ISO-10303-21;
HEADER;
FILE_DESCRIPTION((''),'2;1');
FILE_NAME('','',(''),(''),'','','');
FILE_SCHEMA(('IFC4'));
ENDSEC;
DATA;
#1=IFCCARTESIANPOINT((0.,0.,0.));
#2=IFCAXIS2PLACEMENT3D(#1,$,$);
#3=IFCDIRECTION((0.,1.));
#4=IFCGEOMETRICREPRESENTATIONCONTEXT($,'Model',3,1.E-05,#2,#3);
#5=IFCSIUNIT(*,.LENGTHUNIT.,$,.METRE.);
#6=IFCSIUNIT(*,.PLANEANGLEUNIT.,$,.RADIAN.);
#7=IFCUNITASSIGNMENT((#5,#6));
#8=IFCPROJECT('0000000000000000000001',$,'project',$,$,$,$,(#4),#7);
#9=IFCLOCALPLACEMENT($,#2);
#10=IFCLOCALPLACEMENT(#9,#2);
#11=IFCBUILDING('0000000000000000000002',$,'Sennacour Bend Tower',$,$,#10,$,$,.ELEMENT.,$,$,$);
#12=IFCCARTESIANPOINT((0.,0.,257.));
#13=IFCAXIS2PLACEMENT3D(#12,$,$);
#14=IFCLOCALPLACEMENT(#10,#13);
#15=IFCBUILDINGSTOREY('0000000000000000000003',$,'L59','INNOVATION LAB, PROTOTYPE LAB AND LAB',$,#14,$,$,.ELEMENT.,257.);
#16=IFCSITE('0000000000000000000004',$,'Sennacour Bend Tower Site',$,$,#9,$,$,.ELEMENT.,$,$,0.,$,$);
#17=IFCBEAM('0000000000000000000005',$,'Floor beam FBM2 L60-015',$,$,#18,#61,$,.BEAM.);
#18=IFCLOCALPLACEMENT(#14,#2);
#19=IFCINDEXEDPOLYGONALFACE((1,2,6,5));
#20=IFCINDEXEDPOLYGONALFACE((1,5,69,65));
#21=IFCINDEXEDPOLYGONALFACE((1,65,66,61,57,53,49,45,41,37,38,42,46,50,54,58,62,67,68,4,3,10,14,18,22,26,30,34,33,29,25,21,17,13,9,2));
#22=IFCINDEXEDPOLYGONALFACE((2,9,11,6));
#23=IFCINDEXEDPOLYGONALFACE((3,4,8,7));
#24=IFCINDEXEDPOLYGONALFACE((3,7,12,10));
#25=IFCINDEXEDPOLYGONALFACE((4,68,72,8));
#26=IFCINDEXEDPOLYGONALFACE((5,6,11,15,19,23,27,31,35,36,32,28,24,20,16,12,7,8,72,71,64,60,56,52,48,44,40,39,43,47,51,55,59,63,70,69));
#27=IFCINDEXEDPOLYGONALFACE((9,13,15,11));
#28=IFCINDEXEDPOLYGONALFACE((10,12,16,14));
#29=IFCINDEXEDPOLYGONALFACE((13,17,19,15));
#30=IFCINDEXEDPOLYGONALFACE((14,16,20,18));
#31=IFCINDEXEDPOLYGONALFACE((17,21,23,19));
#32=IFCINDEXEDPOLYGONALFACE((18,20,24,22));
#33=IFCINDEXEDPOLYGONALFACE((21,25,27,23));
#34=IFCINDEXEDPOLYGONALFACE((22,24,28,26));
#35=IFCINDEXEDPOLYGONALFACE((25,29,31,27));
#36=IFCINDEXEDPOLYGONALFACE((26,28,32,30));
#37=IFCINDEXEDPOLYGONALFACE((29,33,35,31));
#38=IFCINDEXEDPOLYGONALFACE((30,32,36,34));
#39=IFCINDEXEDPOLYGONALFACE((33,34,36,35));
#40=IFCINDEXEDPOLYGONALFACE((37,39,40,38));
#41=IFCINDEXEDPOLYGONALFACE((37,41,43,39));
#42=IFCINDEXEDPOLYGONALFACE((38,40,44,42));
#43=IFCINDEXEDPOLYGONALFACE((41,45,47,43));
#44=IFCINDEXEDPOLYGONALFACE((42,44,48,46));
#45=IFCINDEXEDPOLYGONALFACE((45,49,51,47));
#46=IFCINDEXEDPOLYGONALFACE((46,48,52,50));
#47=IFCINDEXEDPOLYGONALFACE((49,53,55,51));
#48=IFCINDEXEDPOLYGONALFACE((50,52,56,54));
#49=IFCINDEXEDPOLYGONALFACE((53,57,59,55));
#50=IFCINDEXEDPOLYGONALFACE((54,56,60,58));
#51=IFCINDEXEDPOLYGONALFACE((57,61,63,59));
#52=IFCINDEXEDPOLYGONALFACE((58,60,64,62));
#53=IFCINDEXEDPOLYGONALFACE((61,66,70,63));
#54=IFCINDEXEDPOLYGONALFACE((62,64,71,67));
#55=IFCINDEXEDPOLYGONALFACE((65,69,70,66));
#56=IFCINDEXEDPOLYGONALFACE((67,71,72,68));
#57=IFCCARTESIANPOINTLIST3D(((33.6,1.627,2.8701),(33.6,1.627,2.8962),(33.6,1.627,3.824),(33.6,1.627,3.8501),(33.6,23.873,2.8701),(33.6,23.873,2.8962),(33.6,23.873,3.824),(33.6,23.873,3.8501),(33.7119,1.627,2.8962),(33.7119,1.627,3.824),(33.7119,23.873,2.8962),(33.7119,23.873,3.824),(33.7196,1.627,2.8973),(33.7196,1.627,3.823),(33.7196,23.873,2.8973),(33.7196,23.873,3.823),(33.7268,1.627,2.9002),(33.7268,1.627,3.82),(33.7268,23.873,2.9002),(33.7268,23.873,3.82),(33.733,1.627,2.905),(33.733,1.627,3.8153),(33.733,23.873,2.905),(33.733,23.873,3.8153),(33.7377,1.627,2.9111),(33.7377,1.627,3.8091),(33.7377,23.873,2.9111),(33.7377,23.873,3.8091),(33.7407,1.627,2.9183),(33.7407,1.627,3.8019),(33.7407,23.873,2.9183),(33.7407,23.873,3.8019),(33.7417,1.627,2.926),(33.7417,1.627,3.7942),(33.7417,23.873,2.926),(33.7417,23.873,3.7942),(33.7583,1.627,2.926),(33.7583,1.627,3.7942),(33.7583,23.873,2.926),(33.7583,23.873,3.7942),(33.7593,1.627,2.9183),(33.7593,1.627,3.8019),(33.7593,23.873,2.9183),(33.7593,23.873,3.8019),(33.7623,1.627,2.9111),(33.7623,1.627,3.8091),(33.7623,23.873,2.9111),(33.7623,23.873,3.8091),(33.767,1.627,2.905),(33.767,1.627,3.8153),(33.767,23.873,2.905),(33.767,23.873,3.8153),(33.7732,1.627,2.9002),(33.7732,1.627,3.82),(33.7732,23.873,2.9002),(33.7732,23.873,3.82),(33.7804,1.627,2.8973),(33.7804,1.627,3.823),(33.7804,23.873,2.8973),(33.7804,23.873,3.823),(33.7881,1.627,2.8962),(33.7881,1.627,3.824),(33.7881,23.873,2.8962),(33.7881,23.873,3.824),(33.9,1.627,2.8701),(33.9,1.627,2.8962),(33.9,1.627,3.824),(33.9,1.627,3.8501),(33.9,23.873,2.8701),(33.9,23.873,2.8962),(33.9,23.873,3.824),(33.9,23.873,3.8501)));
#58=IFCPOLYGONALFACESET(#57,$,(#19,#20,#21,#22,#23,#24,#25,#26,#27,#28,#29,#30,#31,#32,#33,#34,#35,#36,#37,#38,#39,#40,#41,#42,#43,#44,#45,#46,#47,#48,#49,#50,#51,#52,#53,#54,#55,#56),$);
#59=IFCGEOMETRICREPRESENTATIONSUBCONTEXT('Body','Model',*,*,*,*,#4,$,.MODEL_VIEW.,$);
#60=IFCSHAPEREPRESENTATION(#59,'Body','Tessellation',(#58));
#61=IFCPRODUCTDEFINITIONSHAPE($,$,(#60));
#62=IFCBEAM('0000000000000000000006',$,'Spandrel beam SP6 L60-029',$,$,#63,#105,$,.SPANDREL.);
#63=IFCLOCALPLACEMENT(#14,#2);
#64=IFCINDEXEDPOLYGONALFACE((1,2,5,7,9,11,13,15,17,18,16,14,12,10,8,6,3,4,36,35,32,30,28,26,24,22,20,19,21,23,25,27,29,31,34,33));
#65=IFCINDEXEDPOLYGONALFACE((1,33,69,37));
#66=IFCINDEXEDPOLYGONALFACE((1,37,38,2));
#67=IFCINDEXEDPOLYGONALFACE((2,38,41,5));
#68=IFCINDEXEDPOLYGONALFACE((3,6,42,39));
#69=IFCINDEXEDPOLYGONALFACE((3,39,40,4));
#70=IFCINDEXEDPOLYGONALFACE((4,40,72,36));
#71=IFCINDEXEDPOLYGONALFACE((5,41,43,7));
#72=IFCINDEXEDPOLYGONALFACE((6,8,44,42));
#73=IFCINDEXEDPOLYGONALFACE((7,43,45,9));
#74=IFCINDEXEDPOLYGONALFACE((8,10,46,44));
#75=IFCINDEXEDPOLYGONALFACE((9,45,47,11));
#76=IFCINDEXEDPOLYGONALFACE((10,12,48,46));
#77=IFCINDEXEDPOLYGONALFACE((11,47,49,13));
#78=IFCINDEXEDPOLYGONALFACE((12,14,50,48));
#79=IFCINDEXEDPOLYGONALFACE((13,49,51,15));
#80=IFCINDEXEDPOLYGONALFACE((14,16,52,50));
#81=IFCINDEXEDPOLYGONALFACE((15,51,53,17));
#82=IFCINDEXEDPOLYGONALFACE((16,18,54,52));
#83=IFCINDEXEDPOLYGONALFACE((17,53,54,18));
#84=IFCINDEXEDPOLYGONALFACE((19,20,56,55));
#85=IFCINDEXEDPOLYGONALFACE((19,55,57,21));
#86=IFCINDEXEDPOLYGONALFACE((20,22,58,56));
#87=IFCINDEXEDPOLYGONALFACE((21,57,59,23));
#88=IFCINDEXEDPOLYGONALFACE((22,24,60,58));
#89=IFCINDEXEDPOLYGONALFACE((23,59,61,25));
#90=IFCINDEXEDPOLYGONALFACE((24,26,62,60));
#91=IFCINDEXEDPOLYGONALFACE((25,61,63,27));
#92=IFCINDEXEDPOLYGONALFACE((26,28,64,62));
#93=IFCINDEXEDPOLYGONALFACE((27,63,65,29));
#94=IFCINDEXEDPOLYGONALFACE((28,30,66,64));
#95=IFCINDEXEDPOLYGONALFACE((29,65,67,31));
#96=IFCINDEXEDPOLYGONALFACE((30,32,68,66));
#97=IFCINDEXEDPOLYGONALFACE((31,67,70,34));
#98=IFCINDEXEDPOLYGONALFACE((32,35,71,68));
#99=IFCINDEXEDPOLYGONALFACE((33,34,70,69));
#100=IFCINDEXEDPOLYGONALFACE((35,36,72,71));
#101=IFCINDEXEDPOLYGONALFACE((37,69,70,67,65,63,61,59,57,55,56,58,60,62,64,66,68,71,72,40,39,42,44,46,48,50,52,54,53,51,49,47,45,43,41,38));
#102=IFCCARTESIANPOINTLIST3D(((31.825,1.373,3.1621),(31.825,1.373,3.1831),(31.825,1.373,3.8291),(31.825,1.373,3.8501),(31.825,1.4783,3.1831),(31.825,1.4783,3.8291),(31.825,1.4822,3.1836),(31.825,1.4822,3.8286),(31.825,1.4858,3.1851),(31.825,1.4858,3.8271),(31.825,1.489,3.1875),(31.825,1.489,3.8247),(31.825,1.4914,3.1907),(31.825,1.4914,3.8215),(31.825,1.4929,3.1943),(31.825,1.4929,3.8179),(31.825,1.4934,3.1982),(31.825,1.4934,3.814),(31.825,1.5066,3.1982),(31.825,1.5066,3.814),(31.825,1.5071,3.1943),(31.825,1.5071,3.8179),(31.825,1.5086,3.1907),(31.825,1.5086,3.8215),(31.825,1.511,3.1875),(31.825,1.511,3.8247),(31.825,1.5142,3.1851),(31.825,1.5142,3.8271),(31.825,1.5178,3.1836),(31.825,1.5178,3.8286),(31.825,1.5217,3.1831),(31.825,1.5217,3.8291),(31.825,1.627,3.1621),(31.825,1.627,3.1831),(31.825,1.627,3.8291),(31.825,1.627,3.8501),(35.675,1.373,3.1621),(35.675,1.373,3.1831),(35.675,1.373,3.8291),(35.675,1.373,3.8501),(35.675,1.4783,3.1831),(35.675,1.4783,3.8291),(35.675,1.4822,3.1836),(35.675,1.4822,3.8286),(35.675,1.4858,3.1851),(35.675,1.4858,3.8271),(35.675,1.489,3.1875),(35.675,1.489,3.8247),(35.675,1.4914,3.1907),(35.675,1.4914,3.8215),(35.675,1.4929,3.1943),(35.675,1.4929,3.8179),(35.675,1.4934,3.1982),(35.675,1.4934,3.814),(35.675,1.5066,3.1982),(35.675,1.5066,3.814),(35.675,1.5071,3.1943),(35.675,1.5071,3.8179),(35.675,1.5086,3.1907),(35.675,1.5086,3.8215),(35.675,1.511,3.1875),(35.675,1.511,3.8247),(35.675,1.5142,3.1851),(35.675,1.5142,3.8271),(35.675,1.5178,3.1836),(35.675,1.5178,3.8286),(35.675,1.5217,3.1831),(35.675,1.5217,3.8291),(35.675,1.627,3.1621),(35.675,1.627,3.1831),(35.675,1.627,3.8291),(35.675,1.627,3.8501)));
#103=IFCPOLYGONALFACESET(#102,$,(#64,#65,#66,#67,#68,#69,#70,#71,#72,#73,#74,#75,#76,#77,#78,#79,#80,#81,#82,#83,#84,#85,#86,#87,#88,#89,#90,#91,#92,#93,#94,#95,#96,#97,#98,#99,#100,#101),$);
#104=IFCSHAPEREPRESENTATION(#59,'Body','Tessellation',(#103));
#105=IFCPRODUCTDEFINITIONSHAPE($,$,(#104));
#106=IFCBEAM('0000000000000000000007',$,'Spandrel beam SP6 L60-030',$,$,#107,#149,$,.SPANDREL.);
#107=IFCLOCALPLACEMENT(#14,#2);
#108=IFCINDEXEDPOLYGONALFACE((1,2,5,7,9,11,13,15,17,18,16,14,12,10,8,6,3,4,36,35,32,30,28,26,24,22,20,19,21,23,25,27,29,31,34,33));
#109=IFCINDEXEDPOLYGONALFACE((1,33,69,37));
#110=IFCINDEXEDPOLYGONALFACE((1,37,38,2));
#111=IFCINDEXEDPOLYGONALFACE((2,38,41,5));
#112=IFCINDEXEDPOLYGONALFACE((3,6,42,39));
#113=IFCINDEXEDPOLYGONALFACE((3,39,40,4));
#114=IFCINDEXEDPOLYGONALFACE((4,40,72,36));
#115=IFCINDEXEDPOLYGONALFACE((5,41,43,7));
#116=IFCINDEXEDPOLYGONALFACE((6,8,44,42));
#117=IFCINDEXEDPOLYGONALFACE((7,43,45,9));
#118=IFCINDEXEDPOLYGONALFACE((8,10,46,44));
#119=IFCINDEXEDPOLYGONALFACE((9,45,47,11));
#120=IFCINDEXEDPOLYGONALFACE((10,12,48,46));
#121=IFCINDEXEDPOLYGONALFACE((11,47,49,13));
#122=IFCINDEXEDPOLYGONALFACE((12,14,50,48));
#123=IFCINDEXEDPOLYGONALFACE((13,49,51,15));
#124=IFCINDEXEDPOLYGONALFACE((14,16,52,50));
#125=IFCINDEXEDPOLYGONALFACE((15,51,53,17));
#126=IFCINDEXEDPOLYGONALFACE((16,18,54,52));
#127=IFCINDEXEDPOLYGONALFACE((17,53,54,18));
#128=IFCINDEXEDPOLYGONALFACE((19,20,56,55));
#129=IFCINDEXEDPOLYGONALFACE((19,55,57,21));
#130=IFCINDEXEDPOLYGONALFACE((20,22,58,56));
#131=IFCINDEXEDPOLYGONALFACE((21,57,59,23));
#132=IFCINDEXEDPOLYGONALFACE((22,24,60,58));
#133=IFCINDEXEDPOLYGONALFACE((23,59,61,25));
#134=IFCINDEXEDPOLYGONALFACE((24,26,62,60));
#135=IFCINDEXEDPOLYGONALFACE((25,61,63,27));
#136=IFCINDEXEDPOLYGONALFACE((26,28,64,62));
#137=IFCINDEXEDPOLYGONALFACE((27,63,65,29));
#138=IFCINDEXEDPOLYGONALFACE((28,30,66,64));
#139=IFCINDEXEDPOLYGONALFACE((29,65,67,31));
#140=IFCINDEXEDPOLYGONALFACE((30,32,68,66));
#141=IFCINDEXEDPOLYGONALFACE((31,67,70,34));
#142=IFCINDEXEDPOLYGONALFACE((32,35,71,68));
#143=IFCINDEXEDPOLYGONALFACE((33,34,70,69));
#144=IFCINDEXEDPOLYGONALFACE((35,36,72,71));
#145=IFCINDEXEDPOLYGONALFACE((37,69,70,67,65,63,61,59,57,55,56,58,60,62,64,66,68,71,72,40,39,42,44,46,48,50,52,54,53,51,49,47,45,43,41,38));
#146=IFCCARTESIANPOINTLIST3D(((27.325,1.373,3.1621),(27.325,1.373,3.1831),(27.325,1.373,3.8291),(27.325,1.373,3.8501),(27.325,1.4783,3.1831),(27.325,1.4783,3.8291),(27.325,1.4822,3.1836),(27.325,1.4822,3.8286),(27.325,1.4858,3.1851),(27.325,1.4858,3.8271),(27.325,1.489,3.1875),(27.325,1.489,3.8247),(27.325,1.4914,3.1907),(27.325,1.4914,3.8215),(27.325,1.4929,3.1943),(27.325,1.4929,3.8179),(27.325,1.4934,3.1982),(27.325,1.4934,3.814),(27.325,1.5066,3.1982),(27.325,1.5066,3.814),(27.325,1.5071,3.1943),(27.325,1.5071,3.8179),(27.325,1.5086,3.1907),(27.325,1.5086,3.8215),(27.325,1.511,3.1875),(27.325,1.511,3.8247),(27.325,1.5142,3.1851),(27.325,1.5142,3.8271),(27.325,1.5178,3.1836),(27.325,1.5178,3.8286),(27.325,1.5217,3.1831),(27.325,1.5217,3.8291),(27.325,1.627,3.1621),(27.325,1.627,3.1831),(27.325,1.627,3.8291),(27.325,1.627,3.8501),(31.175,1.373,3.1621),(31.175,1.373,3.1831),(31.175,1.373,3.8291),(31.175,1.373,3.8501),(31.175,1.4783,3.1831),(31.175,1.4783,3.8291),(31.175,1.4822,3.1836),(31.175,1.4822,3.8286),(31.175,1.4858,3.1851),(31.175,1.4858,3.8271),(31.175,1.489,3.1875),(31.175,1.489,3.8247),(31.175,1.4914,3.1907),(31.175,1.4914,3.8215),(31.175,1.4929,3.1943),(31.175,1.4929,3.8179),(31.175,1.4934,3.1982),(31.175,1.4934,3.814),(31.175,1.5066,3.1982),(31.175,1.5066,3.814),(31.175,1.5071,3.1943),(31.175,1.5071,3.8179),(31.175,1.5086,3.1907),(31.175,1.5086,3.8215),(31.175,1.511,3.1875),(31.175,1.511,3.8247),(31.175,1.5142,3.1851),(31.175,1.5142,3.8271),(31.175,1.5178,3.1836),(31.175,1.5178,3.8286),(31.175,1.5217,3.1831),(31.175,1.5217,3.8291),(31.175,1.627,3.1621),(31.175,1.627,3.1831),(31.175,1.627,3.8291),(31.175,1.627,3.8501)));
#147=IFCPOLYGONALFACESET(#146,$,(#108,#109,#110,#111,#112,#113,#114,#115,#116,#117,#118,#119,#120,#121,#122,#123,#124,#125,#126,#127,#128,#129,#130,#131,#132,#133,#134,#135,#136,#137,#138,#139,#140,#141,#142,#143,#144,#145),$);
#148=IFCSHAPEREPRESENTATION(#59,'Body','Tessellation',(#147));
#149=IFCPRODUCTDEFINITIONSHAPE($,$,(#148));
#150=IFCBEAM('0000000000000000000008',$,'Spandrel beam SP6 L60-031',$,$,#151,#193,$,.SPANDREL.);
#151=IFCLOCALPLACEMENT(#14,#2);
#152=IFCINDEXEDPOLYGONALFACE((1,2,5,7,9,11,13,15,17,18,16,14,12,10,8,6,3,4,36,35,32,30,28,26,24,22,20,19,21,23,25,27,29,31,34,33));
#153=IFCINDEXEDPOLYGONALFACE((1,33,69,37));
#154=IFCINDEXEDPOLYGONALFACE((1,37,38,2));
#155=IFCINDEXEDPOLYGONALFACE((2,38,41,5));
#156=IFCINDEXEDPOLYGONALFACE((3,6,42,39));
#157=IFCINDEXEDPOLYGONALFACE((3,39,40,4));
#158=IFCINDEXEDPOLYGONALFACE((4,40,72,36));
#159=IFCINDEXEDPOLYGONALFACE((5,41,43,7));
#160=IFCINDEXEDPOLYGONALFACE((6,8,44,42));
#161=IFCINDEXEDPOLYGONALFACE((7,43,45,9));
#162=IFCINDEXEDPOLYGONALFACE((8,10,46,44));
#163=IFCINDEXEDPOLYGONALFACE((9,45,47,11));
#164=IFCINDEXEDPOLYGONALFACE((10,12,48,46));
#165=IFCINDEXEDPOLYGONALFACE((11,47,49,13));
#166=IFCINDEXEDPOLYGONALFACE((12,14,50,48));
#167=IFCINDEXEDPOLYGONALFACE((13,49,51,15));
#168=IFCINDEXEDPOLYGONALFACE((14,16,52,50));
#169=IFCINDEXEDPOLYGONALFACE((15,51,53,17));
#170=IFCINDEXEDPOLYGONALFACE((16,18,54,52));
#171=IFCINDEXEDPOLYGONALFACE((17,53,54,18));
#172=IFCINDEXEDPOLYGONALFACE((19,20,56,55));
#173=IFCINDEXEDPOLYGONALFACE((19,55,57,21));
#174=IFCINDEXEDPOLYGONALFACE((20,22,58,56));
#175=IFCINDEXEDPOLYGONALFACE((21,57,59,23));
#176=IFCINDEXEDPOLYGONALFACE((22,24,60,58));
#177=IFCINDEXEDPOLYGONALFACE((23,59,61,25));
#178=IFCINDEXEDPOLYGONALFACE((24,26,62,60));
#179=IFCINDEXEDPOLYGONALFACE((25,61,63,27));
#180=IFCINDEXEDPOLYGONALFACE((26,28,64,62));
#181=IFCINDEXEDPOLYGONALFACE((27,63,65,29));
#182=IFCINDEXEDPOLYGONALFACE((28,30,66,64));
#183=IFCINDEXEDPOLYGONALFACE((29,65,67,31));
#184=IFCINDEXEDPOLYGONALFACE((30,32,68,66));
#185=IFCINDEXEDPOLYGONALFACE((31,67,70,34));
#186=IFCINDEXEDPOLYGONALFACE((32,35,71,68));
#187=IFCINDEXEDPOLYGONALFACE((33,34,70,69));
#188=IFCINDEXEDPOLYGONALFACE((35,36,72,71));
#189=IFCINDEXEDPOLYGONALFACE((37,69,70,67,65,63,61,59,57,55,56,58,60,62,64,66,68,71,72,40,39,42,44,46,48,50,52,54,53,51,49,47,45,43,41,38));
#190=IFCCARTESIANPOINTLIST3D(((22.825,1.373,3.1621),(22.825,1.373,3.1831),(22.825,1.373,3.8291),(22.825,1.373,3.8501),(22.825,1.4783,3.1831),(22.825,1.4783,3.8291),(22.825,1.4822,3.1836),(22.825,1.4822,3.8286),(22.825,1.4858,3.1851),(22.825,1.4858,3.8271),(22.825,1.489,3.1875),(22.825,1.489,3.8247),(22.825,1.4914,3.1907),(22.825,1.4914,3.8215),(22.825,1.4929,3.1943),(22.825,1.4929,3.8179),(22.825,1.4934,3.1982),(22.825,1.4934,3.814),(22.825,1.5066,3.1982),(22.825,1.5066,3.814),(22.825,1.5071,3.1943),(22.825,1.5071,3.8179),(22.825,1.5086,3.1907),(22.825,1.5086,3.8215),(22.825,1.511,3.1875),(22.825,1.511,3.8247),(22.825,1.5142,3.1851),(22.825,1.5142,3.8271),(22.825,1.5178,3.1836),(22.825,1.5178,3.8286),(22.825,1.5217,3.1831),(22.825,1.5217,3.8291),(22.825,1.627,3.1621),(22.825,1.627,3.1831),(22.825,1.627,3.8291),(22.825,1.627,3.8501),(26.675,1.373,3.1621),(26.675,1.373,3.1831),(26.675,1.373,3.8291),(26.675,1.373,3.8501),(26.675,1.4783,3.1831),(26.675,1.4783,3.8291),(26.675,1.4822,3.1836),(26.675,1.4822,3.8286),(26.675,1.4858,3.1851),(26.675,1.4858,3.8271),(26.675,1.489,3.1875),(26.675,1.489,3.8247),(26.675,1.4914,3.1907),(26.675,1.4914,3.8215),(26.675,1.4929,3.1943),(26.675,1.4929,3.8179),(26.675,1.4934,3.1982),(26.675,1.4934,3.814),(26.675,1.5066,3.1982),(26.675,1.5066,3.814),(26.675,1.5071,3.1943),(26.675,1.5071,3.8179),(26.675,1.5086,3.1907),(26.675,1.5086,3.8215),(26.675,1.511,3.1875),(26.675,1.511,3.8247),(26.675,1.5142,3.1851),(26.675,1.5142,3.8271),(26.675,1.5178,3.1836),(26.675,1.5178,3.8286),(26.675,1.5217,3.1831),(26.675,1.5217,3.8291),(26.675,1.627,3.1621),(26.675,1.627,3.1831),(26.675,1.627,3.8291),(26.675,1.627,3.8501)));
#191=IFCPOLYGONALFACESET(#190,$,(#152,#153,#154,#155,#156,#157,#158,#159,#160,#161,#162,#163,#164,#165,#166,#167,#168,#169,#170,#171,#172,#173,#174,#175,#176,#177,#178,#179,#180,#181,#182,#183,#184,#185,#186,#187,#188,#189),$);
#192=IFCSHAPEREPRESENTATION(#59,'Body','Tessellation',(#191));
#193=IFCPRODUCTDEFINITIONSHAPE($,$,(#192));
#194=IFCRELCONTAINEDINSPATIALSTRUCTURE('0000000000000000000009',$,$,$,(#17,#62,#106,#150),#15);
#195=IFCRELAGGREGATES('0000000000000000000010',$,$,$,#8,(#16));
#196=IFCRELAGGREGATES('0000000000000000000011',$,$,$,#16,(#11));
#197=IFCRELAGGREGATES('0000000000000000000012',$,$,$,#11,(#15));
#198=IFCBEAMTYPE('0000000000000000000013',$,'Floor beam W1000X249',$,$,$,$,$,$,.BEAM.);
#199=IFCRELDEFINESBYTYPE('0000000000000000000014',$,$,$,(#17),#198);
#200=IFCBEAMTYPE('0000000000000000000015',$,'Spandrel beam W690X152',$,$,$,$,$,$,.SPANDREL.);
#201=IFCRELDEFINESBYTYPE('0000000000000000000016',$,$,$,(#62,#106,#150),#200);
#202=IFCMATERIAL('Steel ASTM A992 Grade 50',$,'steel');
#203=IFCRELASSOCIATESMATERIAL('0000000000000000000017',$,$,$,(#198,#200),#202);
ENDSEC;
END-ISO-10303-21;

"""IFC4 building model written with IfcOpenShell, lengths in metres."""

from ifc_helpers import new_model, si_unit, direction, frame, origin, origin_2d, place, context, subcontext, project, spatial, i_section, extrude, material, material_profile, profile_set, type_object, element, save


model = new_model("IFC4")

# Units and contexts
model_context = context("Model", 3, precision=1e-05, world=origin(), true_north=direction((0.0, 1.0)))
body_context = subcontext(model_context, "Body", "Model", "MODEL_VIEW")
ifc_project = project(units=[si_unit("LENGTHUNIT", "METRE"), si_unit("PLANEANGLEUNIT", "RADIAN")], contexts=[model_context])

# Site, building, storey
site_placement = place(None, origin())
site = spatial("IfcSite", under=ifc_project, at=site_placement, Name="Sennacour Bend Tower Site", CompositionType="ELEMENT", RefElevation=0.0)
building_placement = place(site_placement, origin())
building = spatial("IfcBuilding", under=site, at=building_placement, Name="Sennacour Bend Tower", CompositionType="ELEMENT")
storey_placement = place(building_placement, frame((0.0, 0.0, 257.0)))
storey = spatial("IfcBuildingStorey", under=building, at=storey_placement, Name="L59", Description="INNOVATION LAB, PROTOTYPE LAB AND LAB", CompositionType="ELEMENT", Elevation=257.0)

# Beams
ifc_material_1 = material(Name="Steel ASTM A992 Grade 50", Category="steel")
ifc_material_profile_1 = material_profile(ifc_material_1, i_section(OverallWidth=0.3, OverallDepth=0.98, WebThickness=0.0166, FlangeThickness=0.0261, FilletRadius=0.0298, at=origin_2d()), Name="Steel ASTM A992 Grade 50", Category="steel")
ifc_profile_set_1 = profile_set([ifc_material_profile_1], Name="Steel ASTM A992 Grade 50")
beam_type_1 = type_object("IfcBeamType", Name="Floor beam W1000X249", PredefinedType="BEAM", material=ifc_profile_set_1)
for number, where, z_axis, x_axis, name in (
    (1, (33.75, 1.627, 3.3601), (0.0, 1.0, 0.0), (-1.0, 0.0, 0.0), "Floor beam FBM2 L60-015"),
):
    element("IfcBeam", number, at=place(storey_placement, frame(where, z_axis=z_axis, x_axis=x_axis)), inside=storey, type_object=beam_type_1, Name=name, PredefinedType="BEAM", context=body_context, shape_type="SweptSolid", body=[
        extrude(i_section(OverallWidth=0.3, OverallDepth=0.98, WebThickness=0.0166, FlangeThickness=0.0261, FilletRadius=0.0298, at=origin_2d()), origin(), (0.0, 0.0, 1.0), 22.2461),
    ])
ifc_material_profile_2 = material_profile(ifc_material_1, i_section(OverallWidth=0.2539, OverallDepth=0.688, WebThickness=0.0132, FlangeThickness=0.021, FilletRadius=0.0151, at=origin_2d()), Name="Steel ASTM A992 Grade 50", Category="steel")
ifc_profile_set_2 = profile_set([ifc_material_profile_2], Name="Steel ASTM A992 Grade 50")
beam_type_2 = type_object("IfcBeamType", Name="Spandrel beam W690X152", PredefinedType="SPANDREL", material=ifc_profile_set_2)
for number, where, z_axis, x_axis, name in (
    (2, (35.675, 1.5, 3.5061), (-1.0, 0.0, 0.0), (0.0, -1.0, 0.0), "Spandrel beam SP6 L60-029"),
    (3, (31.175, 1.5, 3.5061), (-1.0, 0.0, 0.0), (0.0, -1.0, 0.0), "Spandrel beam SP6 L60-030"),
    (4, (26.675, 1.5, 3.5061), (-1.0, 0.0, 0.0), (0.0, -1.0, 0.0), "Spandrel beam SP6 L60-031"),
):
    element("IfcBeam", number, at=place(storey_placement, frame(where, z_axis=z_axis, x_axis=x_axis)), inside=storey, type_object=beam_type_2, Name=name, PredefinedType="SPANDREL", context=body_context, shape_type="SweptSolid", body=[
        extrude(i_section(OverallWidth=0.2539, OverallDepth=0.688, WebThickness=0.0132, FlangeThickness=0.021, FilletRadius=0.0151, at=origin_2d()), origin(), (0.0, 0.0, 1.0), 3.8501),
    ])

save(model, "model.ifc")
